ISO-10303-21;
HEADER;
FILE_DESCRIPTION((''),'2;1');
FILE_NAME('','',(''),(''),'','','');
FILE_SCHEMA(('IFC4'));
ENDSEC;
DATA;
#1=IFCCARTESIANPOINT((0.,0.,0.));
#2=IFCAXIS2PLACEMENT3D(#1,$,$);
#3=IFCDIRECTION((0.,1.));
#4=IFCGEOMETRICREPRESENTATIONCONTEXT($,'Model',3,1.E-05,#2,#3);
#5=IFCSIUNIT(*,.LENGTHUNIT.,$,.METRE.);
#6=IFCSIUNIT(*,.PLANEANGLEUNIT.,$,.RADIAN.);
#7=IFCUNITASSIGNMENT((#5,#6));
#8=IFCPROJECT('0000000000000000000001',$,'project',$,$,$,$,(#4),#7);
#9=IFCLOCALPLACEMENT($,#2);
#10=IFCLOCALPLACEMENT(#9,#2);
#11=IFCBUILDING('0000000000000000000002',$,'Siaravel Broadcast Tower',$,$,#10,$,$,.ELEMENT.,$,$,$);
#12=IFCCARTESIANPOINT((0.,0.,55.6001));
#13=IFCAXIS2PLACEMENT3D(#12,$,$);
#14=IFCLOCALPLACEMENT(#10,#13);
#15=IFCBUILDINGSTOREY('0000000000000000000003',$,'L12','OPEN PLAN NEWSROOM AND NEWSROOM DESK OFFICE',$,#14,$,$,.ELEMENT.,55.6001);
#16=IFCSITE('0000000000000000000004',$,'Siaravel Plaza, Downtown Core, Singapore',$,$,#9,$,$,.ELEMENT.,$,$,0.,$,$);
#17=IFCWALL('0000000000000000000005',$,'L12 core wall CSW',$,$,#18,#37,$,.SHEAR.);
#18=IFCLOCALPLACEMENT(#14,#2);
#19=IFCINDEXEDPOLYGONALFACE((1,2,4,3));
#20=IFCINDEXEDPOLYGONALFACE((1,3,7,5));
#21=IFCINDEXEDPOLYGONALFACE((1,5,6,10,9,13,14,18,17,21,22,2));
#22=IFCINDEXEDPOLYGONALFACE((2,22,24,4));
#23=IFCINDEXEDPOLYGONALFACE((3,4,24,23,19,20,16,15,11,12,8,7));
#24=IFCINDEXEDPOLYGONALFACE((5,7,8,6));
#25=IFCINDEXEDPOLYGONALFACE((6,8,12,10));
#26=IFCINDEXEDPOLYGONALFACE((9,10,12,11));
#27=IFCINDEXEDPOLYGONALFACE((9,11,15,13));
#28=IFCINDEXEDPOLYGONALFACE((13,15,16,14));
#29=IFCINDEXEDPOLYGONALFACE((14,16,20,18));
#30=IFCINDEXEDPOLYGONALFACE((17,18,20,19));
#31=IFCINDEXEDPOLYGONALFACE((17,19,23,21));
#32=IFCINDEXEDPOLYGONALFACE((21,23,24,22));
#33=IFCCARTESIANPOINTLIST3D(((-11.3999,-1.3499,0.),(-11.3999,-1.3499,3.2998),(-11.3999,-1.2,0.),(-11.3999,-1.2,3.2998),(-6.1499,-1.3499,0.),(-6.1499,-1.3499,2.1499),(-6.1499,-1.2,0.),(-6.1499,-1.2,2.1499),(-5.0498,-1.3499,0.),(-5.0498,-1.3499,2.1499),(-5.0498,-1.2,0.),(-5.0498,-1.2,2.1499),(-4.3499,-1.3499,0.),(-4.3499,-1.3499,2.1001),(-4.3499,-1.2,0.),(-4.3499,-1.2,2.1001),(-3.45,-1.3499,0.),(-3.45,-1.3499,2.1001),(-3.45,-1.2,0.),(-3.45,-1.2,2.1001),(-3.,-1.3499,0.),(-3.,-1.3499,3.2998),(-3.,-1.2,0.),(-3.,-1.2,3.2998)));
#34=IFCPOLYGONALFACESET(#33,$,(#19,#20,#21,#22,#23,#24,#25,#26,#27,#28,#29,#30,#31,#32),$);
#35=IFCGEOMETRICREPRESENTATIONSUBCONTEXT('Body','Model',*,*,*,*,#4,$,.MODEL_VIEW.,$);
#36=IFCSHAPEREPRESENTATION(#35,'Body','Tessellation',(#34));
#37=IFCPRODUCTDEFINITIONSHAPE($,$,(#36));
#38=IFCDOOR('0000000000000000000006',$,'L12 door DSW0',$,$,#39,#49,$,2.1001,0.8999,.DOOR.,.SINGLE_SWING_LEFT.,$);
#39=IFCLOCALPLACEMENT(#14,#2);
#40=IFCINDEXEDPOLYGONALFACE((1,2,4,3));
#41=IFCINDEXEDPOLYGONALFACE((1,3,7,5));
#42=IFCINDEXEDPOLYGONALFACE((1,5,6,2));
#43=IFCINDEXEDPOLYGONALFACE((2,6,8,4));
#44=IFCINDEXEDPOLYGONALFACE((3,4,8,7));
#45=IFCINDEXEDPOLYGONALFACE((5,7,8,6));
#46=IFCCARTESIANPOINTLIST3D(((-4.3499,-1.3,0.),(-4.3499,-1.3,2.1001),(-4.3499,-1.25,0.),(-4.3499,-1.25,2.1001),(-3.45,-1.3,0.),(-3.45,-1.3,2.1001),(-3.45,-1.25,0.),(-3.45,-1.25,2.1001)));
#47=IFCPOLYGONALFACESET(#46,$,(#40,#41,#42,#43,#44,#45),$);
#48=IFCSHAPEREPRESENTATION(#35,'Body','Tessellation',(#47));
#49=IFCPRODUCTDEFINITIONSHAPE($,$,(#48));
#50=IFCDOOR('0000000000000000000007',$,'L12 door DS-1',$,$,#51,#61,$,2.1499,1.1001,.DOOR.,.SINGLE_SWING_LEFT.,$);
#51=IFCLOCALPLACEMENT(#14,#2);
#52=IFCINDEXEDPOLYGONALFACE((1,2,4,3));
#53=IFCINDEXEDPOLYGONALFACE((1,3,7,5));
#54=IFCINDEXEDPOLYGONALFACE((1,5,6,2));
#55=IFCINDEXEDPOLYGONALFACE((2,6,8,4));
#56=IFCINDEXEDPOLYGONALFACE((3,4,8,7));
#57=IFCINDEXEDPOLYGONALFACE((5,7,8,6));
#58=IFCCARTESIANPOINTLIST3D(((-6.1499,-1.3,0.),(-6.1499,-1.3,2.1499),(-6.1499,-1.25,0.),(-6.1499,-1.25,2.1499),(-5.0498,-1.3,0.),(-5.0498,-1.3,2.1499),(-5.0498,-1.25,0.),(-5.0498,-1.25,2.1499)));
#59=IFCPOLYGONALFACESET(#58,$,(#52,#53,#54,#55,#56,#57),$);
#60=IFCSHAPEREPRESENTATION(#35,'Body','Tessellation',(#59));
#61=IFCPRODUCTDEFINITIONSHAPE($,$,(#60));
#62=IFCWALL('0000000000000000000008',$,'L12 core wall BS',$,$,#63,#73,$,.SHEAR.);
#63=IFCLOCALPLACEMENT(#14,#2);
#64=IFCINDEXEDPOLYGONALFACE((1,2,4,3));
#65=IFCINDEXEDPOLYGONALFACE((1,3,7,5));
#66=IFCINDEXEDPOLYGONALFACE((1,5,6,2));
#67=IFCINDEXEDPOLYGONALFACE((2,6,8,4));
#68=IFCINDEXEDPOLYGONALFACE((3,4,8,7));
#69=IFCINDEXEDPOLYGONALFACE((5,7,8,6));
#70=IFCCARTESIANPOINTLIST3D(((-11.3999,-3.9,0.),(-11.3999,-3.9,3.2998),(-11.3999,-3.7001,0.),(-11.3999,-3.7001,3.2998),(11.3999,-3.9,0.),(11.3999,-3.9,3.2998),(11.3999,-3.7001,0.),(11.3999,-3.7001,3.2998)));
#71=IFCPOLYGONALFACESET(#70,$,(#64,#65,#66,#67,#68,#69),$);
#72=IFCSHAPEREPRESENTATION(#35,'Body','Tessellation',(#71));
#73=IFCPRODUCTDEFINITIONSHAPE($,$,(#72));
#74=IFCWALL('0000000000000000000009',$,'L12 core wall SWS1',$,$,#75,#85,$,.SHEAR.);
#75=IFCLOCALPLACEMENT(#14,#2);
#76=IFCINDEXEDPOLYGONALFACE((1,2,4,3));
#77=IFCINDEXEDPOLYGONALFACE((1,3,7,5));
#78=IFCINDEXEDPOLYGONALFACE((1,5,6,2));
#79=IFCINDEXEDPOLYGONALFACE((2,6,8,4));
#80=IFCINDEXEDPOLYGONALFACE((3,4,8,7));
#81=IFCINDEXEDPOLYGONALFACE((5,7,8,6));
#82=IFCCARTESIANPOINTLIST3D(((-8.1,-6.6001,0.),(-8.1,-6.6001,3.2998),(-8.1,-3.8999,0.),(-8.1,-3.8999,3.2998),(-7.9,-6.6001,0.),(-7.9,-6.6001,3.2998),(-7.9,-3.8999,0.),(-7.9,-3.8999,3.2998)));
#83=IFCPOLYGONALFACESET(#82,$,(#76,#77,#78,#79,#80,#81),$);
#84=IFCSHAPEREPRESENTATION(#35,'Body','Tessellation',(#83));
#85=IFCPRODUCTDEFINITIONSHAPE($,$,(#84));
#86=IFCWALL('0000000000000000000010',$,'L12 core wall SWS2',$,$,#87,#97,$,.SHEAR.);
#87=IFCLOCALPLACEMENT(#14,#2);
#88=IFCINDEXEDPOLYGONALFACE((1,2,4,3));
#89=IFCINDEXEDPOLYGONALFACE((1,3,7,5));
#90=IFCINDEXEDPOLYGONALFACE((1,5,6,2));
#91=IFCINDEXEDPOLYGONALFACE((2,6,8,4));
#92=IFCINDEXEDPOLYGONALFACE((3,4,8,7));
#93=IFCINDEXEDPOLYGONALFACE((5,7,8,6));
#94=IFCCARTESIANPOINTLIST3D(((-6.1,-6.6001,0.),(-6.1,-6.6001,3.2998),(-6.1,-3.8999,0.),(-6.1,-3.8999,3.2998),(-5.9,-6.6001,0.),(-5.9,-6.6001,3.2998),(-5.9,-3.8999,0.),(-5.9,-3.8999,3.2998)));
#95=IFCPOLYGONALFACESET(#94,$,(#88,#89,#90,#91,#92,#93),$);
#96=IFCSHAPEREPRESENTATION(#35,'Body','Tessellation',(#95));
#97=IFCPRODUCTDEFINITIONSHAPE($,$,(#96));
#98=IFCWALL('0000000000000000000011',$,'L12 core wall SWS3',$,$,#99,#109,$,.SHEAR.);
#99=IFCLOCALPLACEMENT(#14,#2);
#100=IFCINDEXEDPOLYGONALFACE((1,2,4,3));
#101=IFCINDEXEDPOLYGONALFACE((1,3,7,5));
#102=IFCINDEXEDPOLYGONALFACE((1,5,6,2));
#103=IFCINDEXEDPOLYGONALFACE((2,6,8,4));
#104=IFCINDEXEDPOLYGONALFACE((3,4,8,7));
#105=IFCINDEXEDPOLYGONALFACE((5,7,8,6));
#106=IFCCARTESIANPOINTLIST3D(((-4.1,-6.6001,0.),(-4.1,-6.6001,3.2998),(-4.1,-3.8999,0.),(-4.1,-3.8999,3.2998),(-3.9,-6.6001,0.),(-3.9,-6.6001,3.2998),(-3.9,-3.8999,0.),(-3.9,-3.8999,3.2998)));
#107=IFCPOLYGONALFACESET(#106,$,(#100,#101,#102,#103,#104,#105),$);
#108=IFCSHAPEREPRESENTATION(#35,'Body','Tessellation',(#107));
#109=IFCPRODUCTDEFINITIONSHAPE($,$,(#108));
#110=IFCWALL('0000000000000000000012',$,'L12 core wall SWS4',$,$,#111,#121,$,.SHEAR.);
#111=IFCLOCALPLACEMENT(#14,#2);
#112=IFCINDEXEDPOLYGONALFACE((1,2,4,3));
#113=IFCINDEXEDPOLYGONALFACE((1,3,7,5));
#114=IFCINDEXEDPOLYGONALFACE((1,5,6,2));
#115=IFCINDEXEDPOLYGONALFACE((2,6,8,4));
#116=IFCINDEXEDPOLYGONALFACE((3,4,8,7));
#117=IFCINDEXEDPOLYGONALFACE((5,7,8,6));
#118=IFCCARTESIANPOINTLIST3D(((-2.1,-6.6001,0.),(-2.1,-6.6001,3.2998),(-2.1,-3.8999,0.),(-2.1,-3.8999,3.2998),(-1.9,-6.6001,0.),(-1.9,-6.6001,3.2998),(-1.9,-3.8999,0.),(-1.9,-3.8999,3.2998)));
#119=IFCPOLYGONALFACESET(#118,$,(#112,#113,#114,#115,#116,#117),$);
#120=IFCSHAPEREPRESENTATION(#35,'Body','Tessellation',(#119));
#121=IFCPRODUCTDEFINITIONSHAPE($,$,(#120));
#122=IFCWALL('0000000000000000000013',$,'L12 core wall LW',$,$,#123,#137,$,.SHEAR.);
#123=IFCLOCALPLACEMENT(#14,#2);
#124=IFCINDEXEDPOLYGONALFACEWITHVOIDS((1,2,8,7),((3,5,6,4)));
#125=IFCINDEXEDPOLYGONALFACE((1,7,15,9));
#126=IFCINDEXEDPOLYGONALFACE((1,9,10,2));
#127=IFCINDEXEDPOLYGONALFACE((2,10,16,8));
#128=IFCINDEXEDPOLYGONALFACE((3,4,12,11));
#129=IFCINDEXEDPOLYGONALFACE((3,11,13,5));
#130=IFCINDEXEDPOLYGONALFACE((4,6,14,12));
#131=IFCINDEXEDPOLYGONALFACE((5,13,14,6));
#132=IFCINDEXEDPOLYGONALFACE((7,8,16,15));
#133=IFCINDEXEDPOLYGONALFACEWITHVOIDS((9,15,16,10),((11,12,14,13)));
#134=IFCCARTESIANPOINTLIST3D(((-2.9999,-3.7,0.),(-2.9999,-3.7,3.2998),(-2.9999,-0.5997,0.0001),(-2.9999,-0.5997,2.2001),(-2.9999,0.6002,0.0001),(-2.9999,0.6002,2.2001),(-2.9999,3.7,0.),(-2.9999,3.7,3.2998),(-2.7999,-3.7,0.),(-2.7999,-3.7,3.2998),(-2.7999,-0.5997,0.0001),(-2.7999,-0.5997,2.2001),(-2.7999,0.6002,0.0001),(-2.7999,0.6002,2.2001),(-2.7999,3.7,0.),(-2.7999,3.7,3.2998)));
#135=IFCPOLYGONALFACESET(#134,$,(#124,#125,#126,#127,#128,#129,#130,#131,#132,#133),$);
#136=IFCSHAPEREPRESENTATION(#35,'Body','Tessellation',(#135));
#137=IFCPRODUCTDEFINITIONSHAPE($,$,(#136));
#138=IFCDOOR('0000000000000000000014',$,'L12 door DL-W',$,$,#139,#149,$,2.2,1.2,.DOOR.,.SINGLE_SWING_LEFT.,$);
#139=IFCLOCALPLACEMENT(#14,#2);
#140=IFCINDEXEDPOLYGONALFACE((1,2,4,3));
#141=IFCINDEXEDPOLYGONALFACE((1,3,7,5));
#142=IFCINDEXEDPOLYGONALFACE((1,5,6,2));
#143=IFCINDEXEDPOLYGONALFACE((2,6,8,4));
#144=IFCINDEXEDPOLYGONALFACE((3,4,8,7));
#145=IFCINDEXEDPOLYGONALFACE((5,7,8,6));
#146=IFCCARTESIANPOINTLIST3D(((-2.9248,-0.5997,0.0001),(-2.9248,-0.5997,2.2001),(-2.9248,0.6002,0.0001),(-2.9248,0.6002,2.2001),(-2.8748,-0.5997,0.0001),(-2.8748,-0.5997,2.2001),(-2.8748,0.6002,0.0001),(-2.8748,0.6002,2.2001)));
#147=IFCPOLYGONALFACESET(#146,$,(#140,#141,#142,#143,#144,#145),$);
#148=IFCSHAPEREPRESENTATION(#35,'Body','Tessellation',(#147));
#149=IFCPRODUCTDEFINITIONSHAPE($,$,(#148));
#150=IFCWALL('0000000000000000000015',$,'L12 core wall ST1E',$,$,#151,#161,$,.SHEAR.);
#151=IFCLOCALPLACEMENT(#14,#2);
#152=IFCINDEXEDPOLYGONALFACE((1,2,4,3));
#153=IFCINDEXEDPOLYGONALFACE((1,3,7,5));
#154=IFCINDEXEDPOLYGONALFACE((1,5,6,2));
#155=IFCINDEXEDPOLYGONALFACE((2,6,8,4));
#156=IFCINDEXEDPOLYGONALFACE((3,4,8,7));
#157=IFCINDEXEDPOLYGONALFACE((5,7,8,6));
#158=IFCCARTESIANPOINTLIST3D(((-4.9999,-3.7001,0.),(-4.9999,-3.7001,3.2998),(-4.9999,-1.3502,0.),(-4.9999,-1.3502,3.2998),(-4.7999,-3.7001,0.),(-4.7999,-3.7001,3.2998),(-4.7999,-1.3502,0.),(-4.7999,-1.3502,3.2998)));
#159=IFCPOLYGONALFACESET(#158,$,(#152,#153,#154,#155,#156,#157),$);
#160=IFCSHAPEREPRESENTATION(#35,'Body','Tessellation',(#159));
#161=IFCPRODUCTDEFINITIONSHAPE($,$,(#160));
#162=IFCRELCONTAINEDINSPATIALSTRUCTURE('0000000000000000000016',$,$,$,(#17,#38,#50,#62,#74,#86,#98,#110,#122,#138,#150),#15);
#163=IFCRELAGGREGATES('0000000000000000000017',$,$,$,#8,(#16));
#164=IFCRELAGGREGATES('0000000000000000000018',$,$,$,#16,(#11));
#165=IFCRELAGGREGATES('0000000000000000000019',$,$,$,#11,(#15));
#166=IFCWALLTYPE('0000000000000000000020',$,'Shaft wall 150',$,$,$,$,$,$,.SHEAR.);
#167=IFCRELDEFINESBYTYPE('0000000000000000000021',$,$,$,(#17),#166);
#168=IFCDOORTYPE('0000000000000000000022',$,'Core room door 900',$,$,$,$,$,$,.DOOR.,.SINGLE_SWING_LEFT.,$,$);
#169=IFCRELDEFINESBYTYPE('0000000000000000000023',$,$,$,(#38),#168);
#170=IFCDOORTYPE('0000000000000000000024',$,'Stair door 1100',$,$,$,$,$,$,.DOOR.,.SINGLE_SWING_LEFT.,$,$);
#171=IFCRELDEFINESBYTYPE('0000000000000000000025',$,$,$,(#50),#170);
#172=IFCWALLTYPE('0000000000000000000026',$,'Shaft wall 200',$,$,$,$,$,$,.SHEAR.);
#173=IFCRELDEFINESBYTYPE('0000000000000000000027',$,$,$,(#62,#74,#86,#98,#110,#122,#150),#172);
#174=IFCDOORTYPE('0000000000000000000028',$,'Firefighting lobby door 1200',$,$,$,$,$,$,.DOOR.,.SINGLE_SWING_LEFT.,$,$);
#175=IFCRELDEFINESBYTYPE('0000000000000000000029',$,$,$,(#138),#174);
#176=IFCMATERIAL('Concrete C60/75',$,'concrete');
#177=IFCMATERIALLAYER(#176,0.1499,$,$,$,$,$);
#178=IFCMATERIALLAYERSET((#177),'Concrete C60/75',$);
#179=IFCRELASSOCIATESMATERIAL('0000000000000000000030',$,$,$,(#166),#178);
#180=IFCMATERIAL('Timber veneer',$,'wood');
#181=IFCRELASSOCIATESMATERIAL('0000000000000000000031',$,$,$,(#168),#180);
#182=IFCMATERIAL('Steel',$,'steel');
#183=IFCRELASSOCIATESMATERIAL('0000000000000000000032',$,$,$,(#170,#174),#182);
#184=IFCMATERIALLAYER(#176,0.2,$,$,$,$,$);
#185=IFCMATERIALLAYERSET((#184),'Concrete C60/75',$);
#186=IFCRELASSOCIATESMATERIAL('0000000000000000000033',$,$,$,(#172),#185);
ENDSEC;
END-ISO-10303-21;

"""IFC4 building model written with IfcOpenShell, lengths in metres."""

from ifc_helpers import new_model, si_unit, direction, frame, frame_2d, origin, place, context, subcontext, project, spatial, rectangle, extrude, material, layer, layer_set, type_object, element, fill, save


model = new_model("IFC4")

# Units and contexts
model_context = context("Model", 3, precision=1e-05, world=origin(), true_north=direction((0.0, 1.0)))
body_context = subcontext(model_context, "Body", "Model", "MODEL_VIEW")
ifc_project = project(units=[si_unit("LENGTHUNIT", "METRE"), si_unit("PLANEANGLEUNIT", "RADIAN")], contexts=[model_context])

# Site, building, storey
site_placement = place(None, origin())
site = spatial("IfcSite", under=ifc_project, at=site_placement, Name="Siaravel Plaza, Downtown Core, Singapore", CompositionType="ELEMENT", RefElevation=0.0)
building_placement = place(site_placement, origin())
building = spatial("IfcBuilding", under=site, at=building_placement, Name="Siaravel Broadcast Tower", CompositionType="ELEMENT")
storey_placement = place(building_placement, frame((0.0, 0.0, 55.6001)))
storey = spatial("IfcBuildingStorey", under=building, at=storey_placement, Name="L12", Description="OPEN PLAN NEWSROOM AND NEWSROOM DESK OFFICE", CompositionType="ELEMENT", Elevation=55.6001)

# Wall, openings, doors
ifc_material_1 = material(Name="Concrete C60/75", Category="concrete")
ifc_layer_1 = layer(ifc_material_1, 0.1499)
ifc_layer_set_1 = layer_set([ifc_layer_1], Name="Concrete C60/75")
wall_type_1 = type_object("IfcWallType", Name="Shaft wall 150", PredefinedType="SHEAR", material=ifc_layer_set_1)
wall_1_placement = place(storey_placement, frame((-11.3999, -1.2749, 0.0), z_axis=(0.0, 0.0, 1.0), x_axis=(1.0, 0.0, 0.0)))
wall_1 = element("IfcWall", 1, at=wall_1_placement, inside=storey, type_object=wall_type_1, Name="L12 core wall CSW", PredefinedType="SHEAR", context=body_context, shape_type="SweptSolid", body=[
    extrude(rectangle(XDim=8.3999, YDim=0.1499, at=frame_2d((4.2, 0.0))), origin(), (0.0, 0.0, 1.0), 3.2998),
])
opening_1_placement = place(wall_1_placement, frame((5.25, 0.0, 0.0)))
opening_1 = element("IfcOpeningElement", 2, at=opening_1_placement, cuts=wall_1, PredefinedType="OPENING", context=body_context, shape_type="SweptSolid", body=[
    extrude(rectangle(XDim=1.1001, YDim=2.1499, at=frame_2d((0.55, 1.075))), frame((0.0, 0.085, 0.0), z_axis=(0.0, -1.0, 0.0), x_axis=(1.0, 0.0, 0.0)), (0.0, 0.0, 1.0), 0.1699),
])
opening_2_placement = place(wall_1_placement, frame((7.05, 0.0, 0.0)))
opening_2 = element("IfcOpeningElement", 3, at=opening_2_placement, cuts=wall_1, PredefinedType="OPENING", context=body_context, shape_type="SweptSolid", body=[
    extrude(rectangle(XDim=0.8999, YDim=2.1001, at=frame_2d((0.45, 1.05))), frame((0.0, 0.085, 0.0), z_axis=(0.0, -1.0, 0.0), x_axis=(1.0, 0.0, 0.0)), (0.0, 0.0, 1.0), 0.1699),
])
ifc_material_2 = material(Name="Timber veneer", Category="wood")
door_type_1 = type_object("IfcDoorType", Name="Core room door 900", OperationType="SINGLE_SWING_LEFT", PredefinedType="DOOR", material=ifc_material_2)
door_1_placement = place(opening_2_placement, origin())
door_1 = element("IfcDoor", 4, at=door_1_placement, inside=storey, type_object=door_type_1, Name="L12 door DSW0", OperationType="SINGLE_SWING_LEFT", OverallHeight=2.1001, OverallWidth=0.8999, PredefinedType="DOOR", context=body_context, shape_type="SweptSolid", body=[
    extrude(rectangle(XDim=0.8999, YDim=2.1001, at=frame_2d((0.45, 1.05))), frame((0.0, 0.0249, 0.0), z_axis=(0.0, -1.0, 0.0), x_axis=(1.0, 0.0, 0.0)), (0.0, 0.0, 1.0), 0.05),
])
fill(opening_2, door_1)
ifc_material_3 = material(Name="Steel", Category="steel")
door_type_2 = type_object("IfcDoorType", Name="Stair door 1100", OperationType="SINGLE_SWING_LEFT", PredefinedType="DOOR", material=ifc_material_3)
door_2_placement = place(opening_1_placement, origin())
door_2 = element("IfcDoor", 5, at=door_2_placement, inside=storey, type_object=door_type_2, Name="L12 door DS-1", OperationType="SINGLE_SWING_LEFT", OverallHeight=2.1499, OverallWidth=1.1001, PredefinedType="DOOR", context=body_context, shape_type="SweptSolid", body=[
    extrude(rectangle(XDim=1.1001, YDim=2.1499, at=frame_2d((0.55, 1.075))), frame((0.0, 0.0249, 0.0), z_axis=(0.0, -1.0, 0.0), x_axis=(1.0, 0.0, 0.0)), (0.0, 0.0, 1.0), 0.05),
])
fill(opening_1, door_2)

# Walls
ifc_layer_2 = layer(ifc_material_1, 0.2)
ifc_layer_set_2 = layer_set([ifc_layer_2], Name="Concrete C60/75")
wall_type_2 = type_object("IfcWallType", Name="Shaft wall 200", PredefinedType="SHEAR", material=ifc_layer_set_2)
wall_2_placement = place(storey_placement, frame((-11.3999, -3.8, 0.0), z_axis=(0.0, 0.0, 1.0), x_axis=(1.0, 0.0, 0.0)))
element("IfcWall", 6, at=wall_2_placement, inside=storey, type_object=wall_type_2, Name="L12 core wall BS", PredefinedType="SHEAR", context=body_context, shape_type="SweptSolid", body=[
    extrude(rectangle(XDim=22.7998, YDim=0.2, at=frame_2d((11.3999, 0.0))), origin(), (0.0, 0.0, 1.0), 3.2998),
])
for number, where, z_axis, x_axis, name in (
    (7, (-8.0, -6.6001, 0.0), (0.0, 0.0, 1.0), (0.0, 1.0, 0.0), "L12 core wall SWS1"),
    (8, (-6.0, -6.6001, 0.0), (0.0, 0.0, 1.0), (0.0, 1.0, 0.0), "L12 core wall SWS2"),
    (9, (-4.0, -6.6001, 0.0), (0.0, 0.0, 1.0), (0.0, 1.0, 0.0), "L12 core wall SWS3"),
    (10, (-2.0, -6.6001, 0.0), (0.0, 0.0, 1.0), (0.0, 1.0, 0.0), "L12 core wall SWS4"),
):
    element("IfcWall", number, at=place(storey_placement, frame(where, z_axis=z_axis, x_axis=x_axis)), inside=storey, type_object=wall_type_2, Name=name, PredefinedType="SHEAR", context=body_context, shape_type="SweptSolid", body=[
        extrude(rectangle(XDim=2.7002, YDim=0.2, at=frame_2d((1.3501, 0.0))), origin(), (0.0, 0.0, 1.0), 3.2998),
    ])

# Wall, opening, door
wall_3_placement = place(storey_placement, frame((-2.8999, -3.7, 0.0), z_axis=(0.0, 0.0, 1.0), x_axis=(0.0, 1.0, 0.0)))
wall_3 = element("IfcWall", 11, at=wall_3_placement, inside=storey, type_object=wall_type_2, Name="L12 core wall LW", PredefinedType="SHEAR", context=body_context, shape_type="SweptSolid", body=[
    extrude(rectangle(XDim=7.3999, YDim=0.2, at=frame_2d((3.7, 0.0))), origin(), (0.0, 0.0, 1.0), 3.2998),
])
opening_3_placement = place(wall_3_placement, frame((3.1001, 0.0, 0.0)))
opening_3 = element("IfcOpeningElement", 12, at=opening_3_placement, cuts=wall_3, PredefinedType="OPENING", context=body_context, shape_type="SweptSolid", body=[
    extrude(rectangle(XDim=1.2, YDim=2.2, at=frame_2d((0.6001, 1.1001))), frame((0.0, 0.1099, 0.0), z_axis=(0.0, -1.0, 0.0), x_axis=(1.0, 0.0, 0.0)), (0.0, 0.0, 1.0), 0.22),
])
door_type_3 = type_object("IfcDoorType", Name="Firefighting lobby door 1200", OperationType="SINGLE_SWING_LEFT", PredefinedType="DOOR", material=ifc_material_3)
door_3_placement = place(opening_3_placement, origin())
door_3 = element("IfcDoor", 13, at=door_3_placement, inside=storey, type_object=door_type_3, Name="L12 door DL-W", OperationType="SINGLE_SWING_LEFT", OverallHeight=2.2, OverallWidth=1.2, PredefinedType="DOOR", context=body_context, shape_type="SweptSolid", body=[
    extrude(rectangle(XDim=1.2, YDim=2.2, at=frame_2d((0.6001, 1.1001))), frame((0.0, 0.0249, 0.0), z_axis=(0.0, -1.0, 0.0), x_axis=(1.0, 0.0, 0.0)), (0.0, 0.0, 1.0), 0.05),
])
fill(opening_3, door_3)

# Wall
wall_4_placement = place(storey_placement, frame((-4.8999, -3.7, 0.0), z_axis=(0.0, 0.0, 1.0), x_axis=(0.0, 1.0, 0.0)))
element("IfcWall", 14, at=wall_4_placement, inside=storey, type_object=wall_type_2, Name="L12 core wall ST1E", PredefinedType="SHEAR", context=body_context, shape_type="SweptSolid", body=[
    extrude(rectangle(XDim=2.3499, YDim=0.2, at=frame_2d((1.1748, 0.0))), origin(), (0.0, 0.0, 1.0), 3.2998),
])

save(model, "model.ifc")
